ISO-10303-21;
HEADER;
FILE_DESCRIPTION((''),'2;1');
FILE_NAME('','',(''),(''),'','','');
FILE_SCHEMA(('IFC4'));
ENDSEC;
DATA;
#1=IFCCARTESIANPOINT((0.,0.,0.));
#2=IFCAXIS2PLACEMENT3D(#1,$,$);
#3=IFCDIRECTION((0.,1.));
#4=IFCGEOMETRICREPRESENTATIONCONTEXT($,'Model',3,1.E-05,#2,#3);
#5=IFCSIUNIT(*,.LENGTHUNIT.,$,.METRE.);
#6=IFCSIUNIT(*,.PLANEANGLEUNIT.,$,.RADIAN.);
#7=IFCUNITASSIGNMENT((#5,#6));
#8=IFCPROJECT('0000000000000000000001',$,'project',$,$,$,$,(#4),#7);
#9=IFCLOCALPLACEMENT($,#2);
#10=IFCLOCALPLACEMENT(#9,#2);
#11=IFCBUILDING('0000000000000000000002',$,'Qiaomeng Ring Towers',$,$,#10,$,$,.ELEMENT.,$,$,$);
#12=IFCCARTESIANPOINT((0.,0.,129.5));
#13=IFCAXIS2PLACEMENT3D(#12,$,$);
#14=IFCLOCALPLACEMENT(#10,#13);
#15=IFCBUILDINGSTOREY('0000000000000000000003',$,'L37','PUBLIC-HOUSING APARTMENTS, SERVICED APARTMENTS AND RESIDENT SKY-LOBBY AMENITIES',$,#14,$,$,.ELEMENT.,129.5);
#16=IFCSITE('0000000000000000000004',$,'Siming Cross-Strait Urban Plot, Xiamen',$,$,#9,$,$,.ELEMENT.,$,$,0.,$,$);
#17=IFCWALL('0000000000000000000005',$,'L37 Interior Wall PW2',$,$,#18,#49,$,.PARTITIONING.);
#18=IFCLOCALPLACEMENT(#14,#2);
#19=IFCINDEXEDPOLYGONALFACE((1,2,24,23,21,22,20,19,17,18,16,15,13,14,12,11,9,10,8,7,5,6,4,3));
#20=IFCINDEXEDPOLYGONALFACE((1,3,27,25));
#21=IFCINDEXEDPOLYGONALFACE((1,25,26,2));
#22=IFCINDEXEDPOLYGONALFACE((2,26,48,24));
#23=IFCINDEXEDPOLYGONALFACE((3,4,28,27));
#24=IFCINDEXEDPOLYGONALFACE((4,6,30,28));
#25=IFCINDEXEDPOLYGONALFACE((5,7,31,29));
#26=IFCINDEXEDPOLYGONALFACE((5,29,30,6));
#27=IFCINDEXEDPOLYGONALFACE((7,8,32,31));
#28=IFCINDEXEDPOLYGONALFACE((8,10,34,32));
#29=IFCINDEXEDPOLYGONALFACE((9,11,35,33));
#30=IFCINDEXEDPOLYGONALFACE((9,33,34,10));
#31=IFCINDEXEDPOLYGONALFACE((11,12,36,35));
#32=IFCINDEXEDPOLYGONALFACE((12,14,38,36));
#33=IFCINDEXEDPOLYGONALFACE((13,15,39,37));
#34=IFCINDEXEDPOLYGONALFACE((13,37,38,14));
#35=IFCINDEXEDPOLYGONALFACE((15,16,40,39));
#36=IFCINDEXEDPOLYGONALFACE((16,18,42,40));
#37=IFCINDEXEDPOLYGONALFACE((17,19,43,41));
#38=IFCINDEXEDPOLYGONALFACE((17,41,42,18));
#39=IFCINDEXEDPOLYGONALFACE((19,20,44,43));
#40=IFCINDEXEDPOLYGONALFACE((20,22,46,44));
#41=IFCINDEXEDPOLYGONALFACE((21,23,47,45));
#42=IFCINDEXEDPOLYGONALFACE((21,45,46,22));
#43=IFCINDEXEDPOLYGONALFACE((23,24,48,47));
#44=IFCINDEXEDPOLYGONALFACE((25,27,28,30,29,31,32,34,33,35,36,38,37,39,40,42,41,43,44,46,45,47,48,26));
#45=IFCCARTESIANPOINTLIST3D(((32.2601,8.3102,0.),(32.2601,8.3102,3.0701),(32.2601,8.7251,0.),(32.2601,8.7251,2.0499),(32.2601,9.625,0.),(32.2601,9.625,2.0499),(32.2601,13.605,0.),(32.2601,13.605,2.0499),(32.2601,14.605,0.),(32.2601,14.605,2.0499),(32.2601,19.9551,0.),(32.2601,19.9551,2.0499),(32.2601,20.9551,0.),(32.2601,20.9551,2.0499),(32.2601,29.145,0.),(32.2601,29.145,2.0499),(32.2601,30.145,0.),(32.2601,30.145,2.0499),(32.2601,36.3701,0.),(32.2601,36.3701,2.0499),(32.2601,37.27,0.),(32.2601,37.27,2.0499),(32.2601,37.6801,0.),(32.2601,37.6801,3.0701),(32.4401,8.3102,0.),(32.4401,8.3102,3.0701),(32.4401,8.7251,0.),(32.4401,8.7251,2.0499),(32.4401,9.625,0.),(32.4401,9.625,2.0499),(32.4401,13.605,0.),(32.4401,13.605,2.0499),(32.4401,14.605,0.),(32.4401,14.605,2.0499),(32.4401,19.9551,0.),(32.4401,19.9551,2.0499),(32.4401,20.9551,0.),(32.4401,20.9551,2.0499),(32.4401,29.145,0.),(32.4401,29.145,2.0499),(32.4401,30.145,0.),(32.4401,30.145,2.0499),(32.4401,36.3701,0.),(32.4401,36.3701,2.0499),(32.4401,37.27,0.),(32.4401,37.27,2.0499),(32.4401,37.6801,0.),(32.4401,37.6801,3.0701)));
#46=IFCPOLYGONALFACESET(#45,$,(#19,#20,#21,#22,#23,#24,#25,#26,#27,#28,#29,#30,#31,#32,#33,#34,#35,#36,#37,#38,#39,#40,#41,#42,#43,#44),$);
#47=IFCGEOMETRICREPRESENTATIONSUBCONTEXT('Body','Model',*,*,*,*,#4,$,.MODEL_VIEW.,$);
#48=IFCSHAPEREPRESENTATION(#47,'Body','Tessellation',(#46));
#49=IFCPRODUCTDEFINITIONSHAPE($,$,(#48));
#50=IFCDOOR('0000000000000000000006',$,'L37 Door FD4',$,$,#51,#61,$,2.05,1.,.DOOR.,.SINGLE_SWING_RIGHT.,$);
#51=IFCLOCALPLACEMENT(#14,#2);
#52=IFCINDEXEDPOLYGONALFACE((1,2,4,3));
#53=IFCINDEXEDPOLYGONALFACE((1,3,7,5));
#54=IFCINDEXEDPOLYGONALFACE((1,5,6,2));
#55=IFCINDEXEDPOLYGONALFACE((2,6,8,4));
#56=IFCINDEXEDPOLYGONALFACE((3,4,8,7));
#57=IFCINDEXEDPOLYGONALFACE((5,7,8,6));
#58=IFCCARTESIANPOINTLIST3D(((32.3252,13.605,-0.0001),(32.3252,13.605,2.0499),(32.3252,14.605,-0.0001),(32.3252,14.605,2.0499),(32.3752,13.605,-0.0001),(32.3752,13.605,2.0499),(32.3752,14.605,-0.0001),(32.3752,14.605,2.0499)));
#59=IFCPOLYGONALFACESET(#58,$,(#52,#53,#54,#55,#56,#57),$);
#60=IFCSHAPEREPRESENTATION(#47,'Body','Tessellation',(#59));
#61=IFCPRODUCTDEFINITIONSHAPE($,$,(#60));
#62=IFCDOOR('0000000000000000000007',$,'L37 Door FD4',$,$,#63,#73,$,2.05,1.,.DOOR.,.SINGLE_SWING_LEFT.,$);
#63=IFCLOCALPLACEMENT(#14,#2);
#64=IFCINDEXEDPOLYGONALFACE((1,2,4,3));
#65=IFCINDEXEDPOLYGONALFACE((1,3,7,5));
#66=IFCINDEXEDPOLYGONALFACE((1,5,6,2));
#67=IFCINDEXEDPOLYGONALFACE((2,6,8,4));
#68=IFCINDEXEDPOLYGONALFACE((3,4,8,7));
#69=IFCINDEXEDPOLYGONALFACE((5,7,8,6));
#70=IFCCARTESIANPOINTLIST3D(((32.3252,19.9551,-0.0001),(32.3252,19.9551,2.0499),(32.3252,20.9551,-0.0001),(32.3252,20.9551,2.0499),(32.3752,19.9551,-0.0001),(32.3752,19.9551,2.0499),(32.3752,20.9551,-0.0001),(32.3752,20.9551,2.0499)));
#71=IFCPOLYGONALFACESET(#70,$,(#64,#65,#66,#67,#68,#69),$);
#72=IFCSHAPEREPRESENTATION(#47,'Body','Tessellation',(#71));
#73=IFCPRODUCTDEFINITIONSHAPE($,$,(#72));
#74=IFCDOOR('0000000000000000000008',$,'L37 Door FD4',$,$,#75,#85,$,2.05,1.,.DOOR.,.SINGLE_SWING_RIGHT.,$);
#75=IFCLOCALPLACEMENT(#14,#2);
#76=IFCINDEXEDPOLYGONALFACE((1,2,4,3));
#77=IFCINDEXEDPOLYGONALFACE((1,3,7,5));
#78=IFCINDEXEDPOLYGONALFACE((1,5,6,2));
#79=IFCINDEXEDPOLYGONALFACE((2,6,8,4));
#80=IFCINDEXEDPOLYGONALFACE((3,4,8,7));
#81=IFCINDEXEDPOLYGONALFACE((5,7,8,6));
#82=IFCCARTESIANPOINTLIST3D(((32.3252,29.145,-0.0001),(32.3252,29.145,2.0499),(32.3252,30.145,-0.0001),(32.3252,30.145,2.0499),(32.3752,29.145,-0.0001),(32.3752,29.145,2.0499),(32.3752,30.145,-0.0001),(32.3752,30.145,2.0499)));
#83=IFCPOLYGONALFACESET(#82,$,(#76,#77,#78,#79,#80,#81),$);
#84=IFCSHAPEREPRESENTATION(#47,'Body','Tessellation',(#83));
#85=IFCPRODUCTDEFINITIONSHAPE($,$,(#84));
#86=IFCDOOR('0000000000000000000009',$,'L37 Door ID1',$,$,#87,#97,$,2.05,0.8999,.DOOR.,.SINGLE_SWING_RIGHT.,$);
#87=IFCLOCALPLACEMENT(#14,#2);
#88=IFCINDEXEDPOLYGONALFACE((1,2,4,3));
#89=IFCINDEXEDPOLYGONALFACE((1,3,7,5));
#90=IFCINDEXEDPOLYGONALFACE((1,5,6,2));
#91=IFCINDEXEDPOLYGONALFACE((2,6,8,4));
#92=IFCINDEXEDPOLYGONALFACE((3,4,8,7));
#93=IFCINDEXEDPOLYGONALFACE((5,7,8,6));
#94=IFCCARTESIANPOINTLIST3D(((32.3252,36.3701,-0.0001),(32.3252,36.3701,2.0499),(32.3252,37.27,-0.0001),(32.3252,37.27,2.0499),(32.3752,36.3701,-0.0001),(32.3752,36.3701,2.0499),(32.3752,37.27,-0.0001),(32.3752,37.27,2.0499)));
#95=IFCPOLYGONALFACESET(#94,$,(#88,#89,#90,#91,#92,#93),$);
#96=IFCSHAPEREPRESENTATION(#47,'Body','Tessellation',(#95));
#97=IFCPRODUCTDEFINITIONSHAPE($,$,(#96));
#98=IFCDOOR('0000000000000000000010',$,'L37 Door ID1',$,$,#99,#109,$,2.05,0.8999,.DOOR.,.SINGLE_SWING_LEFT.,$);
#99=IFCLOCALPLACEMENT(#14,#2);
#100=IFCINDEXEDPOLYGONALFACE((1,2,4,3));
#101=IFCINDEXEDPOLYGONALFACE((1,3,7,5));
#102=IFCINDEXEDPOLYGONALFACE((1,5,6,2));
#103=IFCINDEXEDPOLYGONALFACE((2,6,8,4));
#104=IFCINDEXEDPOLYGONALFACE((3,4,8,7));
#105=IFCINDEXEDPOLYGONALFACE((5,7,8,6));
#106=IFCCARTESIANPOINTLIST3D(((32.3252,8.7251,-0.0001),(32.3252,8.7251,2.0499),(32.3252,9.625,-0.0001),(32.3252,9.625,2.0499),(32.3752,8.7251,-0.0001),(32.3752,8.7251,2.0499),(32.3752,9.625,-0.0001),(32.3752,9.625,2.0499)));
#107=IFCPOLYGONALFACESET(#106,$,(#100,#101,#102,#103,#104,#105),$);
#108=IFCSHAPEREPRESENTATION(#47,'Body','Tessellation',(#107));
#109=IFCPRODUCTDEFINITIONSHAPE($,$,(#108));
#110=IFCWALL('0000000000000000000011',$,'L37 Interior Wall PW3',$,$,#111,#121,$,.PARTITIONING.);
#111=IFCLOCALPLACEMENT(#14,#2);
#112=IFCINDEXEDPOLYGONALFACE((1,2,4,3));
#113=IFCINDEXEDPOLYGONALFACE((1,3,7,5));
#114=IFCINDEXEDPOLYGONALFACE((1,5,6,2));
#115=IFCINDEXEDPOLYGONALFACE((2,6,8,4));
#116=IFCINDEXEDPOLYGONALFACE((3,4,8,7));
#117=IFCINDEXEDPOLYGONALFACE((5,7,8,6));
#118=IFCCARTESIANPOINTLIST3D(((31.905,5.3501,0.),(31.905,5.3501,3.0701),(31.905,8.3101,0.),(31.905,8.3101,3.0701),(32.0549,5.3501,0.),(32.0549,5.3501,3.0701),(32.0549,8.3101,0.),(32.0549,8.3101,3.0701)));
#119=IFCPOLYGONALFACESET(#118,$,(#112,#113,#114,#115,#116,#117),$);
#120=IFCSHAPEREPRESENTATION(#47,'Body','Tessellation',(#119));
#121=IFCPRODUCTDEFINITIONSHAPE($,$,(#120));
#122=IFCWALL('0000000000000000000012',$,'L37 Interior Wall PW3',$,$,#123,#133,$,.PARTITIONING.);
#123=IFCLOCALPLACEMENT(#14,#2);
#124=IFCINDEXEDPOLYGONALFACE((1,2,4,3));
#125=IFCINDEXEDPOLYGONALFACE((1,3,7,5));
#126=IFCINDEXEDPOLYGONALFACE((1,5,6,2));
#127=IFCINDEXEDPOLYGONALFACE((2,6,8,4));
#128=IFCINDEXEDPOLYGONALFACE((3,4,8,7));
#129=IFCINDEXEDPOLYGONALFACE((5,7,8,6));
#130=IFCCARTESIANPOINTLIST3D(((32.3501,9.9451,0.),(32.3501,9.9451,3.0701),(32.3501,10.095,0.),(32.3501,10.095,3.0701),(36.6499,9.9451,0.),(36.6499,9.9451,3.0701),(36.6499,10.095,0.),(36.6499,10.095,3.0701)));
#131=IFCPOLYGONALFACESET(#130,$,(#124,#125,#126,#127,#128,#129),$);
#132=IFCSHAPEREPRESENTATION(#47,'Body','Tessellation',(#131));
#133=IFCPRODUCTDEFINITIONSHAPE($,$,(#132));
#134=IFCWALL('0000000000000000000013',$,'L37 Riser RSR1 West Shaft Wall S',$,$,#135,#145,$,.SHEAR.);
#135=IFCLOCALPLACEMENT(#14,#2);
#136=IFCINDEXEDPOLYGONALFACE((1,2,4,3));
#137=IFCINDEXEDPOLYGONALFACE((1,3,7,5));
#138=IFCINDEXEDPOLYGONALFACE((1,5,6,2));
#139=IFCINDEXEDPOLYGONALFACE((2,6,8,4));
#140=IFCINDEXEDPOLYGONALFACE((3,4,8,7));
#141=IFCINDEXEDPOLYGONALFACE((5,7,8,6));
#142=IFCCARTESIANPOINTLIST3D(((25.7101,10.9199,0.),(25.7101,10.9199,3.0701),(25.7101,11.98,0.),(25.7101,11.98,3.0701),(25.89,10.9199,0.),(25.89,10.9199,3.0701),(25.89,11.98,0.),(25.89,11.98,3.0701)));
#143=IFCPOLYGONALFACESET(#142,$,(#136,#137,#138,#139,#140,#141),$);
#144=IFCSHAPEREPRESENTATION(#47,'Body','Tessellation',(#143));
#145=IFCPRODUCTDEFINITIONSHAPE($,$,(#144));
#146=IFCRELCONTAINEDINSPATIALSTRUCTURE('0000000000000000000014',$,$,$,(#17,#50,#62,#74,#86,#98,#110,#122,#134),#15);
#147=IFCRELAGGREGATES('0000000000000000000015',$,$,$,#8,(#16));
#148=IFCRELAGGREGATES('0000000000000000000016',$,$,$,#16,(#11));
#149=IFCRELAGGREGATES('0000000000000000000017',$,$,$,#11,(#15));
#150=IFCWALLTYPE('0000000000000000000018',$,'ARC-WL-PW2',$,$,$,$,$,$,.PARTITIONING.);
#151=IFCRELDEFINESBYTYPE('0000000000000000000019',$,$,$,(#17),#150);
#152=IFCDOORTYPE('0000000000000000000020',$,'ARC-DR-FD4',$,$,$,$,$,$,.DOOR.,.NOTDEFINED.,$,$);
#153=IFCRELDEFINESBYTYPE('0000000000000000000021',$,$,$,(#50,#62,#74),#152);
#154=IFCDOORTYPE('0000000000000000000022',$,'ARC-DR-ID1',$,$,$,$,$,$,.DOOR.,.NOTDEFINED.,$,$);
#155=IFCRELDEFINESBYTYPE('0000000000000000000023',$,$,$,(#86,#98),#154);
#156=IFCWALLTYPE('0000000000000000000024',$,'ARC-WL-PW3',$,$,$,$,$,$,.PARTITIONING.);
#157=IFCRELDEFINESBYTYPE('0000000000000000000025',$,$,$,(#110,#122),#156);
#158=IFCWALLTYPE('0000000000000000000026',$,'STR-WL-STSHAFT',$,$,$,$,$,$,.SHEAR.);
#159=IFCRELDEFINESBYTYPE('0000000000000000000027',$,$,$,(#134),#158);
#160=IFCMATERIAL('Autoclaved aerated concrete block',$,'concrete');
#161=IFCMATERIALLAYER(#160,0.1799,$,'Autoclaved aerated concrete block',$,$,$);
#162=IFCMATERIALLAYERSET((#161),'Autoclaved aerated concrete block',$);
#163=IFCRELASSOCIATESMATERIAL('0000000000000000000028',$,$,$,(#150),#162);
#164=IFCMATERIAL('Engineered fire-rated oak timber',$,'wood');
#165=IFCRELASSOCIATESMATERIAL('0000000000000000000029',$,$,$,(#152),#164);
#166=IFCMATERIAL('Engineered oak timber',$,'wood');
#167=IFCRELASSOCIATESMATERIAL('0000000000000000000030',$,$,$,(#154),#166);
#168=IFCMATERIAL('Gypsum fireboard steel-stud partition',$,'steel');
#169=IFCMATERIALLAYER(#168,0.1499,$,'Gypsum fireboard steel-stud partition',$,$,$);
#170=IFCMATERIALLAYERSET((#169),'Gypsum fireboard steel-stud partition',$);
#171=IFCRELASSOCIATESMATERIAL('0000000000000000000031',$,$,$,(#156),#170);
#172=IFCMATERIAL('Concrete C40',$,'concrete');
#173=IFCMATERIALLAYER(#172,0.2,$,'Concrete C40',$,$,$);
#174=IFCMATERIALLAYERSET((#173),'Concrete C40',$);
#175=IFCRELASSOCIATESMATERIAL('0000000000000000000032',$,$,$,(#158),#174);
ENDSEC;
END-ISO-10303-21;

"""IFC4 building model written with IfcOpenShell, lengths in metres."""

from ifc_helpers import new_model, si_unit, direction, frame, frame_2d, origin, place, context, subcontext, project, spatial, rectangle, extrude, source, transform, mapped, material, layer, layer_set, type_object, element, fill, save


model = new_model("IFC4")

# Units and contexts
model_context = context("Model", 3, precision=1e-05, world=origin(), true_north=direction((0.0, 1.0)))
body_context = subcontext(model_context, "Body", "Model", "MODEL_VIEW")
ifc_project = project(units=[si_unit("LENGTHUNIT", "METRE"), si_unit("PLANEANGLEUNIT", "RADIAN")], contexts=[model_context])

# Site, building, storey
site_placement = place(None, origin())
site = spatial("IfcSite", under=ifc_project, at=site_placement, Name="Siming Cross-Strait Urban Plot, Xiamen", CompositionType="ELEMENT", RefElevation=0.0)
building_placement = place(site_placement, origin())
building = spatial("IfcBuilding", under=site, at=building_placement, Name="Qiaomeng Ring Towers", CompositionType="ELEMENT")
storey_placement = place(building_placement, frame((0.0, 0.0, 129.5)))
storey = spatial("IfcBuildingStorey", under=building, at=storey_placement, Name="L37", Description="PUBLIC-HOUSING APARTMENTS, SERVICED APARTMENTS AND RESIDENT SKY-LOBBY AMENITIES", CompositionType="ELEMENT", Elevation=129.5)

# Wall, openings, doors
ifc_material_1 = material(Name="Autoclaved aerated concrete block", Category="concrete")
ifc_layer_1 = layer(ifc_material_1, 0.1799, Name="Autoclaved aerated concrete block")
ifc_layer_set_1 = layer_set([ifc_layer_1], Name="Autoclaved aerated concrete block")
wall_type_1 = type_object("IfcWallType", Name="ARC-WL-PW2", PredefinedType="PARTITIONING", material=ifc_layer_set_1)
wall_1_placement = place(storey_placement, frame((32.3501, 8.3101, 0.0), z_axis=(0.0, 0.0, 1.0), x_axis=(0.0, 1.0, 0.0)))
wall_1 = element("IfcWall", 1, at=wall_1_placement, inside=storey, type_object=wall_type_1, Name="L37 Interior Wall PW2", PredefinedType="PARTITIONING", context=body_context, shape_type="SweptSolid", body=[
    extrude(rectangle(XDim=29.3699, YDim=0.1799, at=frame_2d((14.6851, 0.0))), origin(), (0.0, 0.0, 1.0), 3.0701),
])
opening_1_placement = place(wall_1_placement, frame((28.0601, 0.0, 0.0)))
opening_1 = element("IfcOpeningElement", 2, at=opening_1_placement, cuts=wall_1, PredefinedType="OPENING", context=body_context, shape_type="SweptSolid", body=[
    extrude(rectangle(XDim=0.8999, YDim=2.05, at=frame_2d((0.45, 1.0249))), frame((0.0, 0.0999, 0.0), z_axis=(0.0, -1.0, 0.0), x_axis=(1.0, 0.0, 0.0)), (0.0, 0.0, 1.0), 0.2),
])
opening_2_placement = place(wall_1_placement, frame((0.415, 0.0, 0.0)))
opening_2 = element("IfcOpeningElement", 3, at=opening_2_placement, cuts=wall_1, PredefinedType="OPENING", context=body_context, shape_type="SweptSolid", body=[
    extrude(rectangle(XDim=0.8999, YDim=2.05, at=frame_2d((0.45, 1.0249))), frame((0.0, 0.0999, 0.0), z_axis=(0.0, -1.0, 0.0), x_axis=(1.0, 0.0, 0.0)), (0.0, 0.0, 1.0), 0.2),
])
opening_3_placement = place(wall_1_placement, frame((5.2949, 0.0, 0.0)))
opening_3 = element("IfcOpeningElement", 4, at=opening_3_placement, cuts=wall_1, PredefinedType="OPENING", context=body_context, shape_type="SweptSolid", body=[
    extrude(rectangle(XDim=1.0, YDim=2.05, at=frame_2d((0.5, 1.0249))), frame((0.0, 0.0999, 0.0), z_axis=(0.0, -1.0, 0.0), x_axis=(1.0, 0.0, 0.0)), (0.0, 0.0, 1.0), 0.2),
])
opening_4_placement = place(wall_1_placement, frame((11.645, 0.0, 0.0)))
opening_4 = element("IfcOpeningElement", 5, at=opening_4_placement, cuts=wall_1, PredefinedType="OPENING", context=body_context, shape_type="SweptSolid", body=[
    extrude(rectangle(XDim=1.0, YDim=2.05, at=frame_2d((0.5, 1.0249))), frame((0.0, 0.0999, 0.0), z_axis=(0.0, -1.0, 0.0), x_axis=(1.0, 0.0, 0.0)), (0.0, 0.0, 1.0), 0.2),
])
opening_5_placement = place(wall_1_placement, frame((20.835, 0.0, 0.0)))
opening_5 = element("IfcOpeningElement", 6, at=opening_5_placement, cuts=wall_1, PredefinedType="OPENING", context=body_context, shape_type="SweptSolid", body=[
    extrude(rectangle(XDim=1.0, YDim=2.05, at=frame_2d((0.5, 1.0249))), frame((0.0, 0.0999, 0.0), z_axis=(0.0, -1.0, 0.0), x_axis=(1.0, 0.0, 0.0)), (0.0, 0.0, 1.0), 0.2),
])
ifc_material_2 = material(Name="Engineered fire-rated oak timber", Category="wood")
door_type_1 = type_object("IfcDoorType", Name="ARC-DR-FD4", OperationType="NOTDEFINED", PredefinedType="DOOR", material=ifc_material_2)
shared_shape_1 = source(origin(), body_context, "Body", "SweptSolid", [
    extrude(rectangle(XDim=1.0, YDim=2.05, at=frame_2d((0.5, 1.0249))), frame((0.0, 0.0249, 0.0), z_axis=(0.0, -1.0, 0.0), x_axis=(1.0, 0.0, 0.0)), (0.0, 0.0, 1.0), 0.05),
])
door_1_placement = place(opening_3_placement, origin())
door_1 = element("IfcDoor", 7, at=door_1_placement, inside=storey, type_object=door_type_1, Name="L37 Door FD4", OperationType="SINGLE_SWING_RIGHT", OverallHeight=2.05, OverallWidth=1.0, PredefinedType="DOOR", context=body_context, shape_type="MappedRepresentation", body=[
    mapped(shared_shape_1, transform((0.0, 0.0, 0.0), x_axis=(1.0, 0.0, 0.0), y_axis=(0.0, 1.0, 0.0), z_axis=(0.0, 0.0, 1.0), scale=1.0)),
])
fill(opening_3, door_1)
door_2_placement = place(opening_4_placement, origin())
door_2 = element("IfcDoor", 8, at=door_2_placement, inside=storey, type_object=door_type_1, Name="L37 Door FD4", OperationType="SINGLE_SWING_LEFT", OverallHeight=2.05, OverallWidth=1.0, PredefinedType="DOOR", context=body_context, shape_type="MappedRepresentation", body=[
    mapped(shared_shape_1, transform((0.0, 0.0, 0.0), x_axis=(1.0, 0.0, 0.0), y_axis=(0.0, 1.0, 0.0), z_axis=(0.0, 0.0, 1.0), scale=1.0)),
])
fill(opening_4, door_2)
door_3_placement = place(opening_5_placement, origin())
door_3 = element("IfcDoor", 9, at=door_3_placement, inside=storey, type_object=door_type_1, Name="L37 Door FD4", OperationType="SINGLE_SWING_RIGHT", OverallHeight=2.05, OverallWidth=1.0, PredefinedType="DOOR", context=body_context, shape_type="MappedRepresentation", body=[
    mapped(shared_shape_1, transform((0.0, 0.0, 0.0), x_axis=(1.0, 0.0, 0.0), y_axis=(0.0, 1.0, 0.0), z_axis=(0.0, 0.0, 1.0), scale=1.0)),
])
fill(opening_5, door_3)
ifc_material_3 = material(Name="Engineered oak timber", Category="wood")
door_type_2 = type_object("IfcDoorType", Name="ARC-DR-ID1", OperationType="NOTDEFINED", PredefinedType="DOOR", material=ifc_material_3)
shared_shape_2 = source(origin(), body_context, "Body", "SweptSolid", [
    extrude(rectangle(XDim=0.8999, YDim=2.05, at=frame_2d((0.45, 1.0249))), frame((0.0, 0.0249, 0.0), z_axis=(0.0, -1.0, 0.0), x_axis=(1.0, 0.0, 0.0)), (0.0, 0.0, 1.0), 0.05),
])
door_4_placement = place(opening_1_placement, origin())
door_4 = element("IfcDoor", 10, at=door_4_placement, inside=storey, type_object=door_type_2, Name="L37 Door ID1", OperationType="SINGLE_SWING_RIGHT", OverallHeight=2.05, OverallWidth=0.8999, PredefinedType="DOOR", context=body_context, shape_type="MappedRepresentation", body=[
    mapped(shared_shape_2, transform((0.0, 0.0, 0.0), x_axis=(1.0, 0.0, 0.0), y_axis=(0.0, 1.0, 0.0), z_axis=(0.0, 0.0, 1.0), scale=1.0)),
])
fill(opening_1, door_4)
door_5_placement = place(opening_2_placement, origin())
door_5 = element("IfcDoor", 11, at=door_5_placement, inside=storey, type_object=door_type_2, Name="L37 Door ID1", OperationType="SINGLE_SWING_LEFT", OverallHeight=2.05, OverallWidth=0.8999, PredefinedType="DOOR", context=body_context, shape_type="MappedRepresentation", body=[
    mapped(shared_shape_2, transform((0.0, 0.0, 0.0), x_axis=(1.0, 0.0, 0.0), y_axis=(0.0, 1.0, 0.0), z_axis=(0.0, 0.0, 1.0), scale=1.0)),
])
fill(opening_2, door_5)

# Walls
ifc_material_4 = material(Name="Gypsum fireboard steel-stud partition", Category="steel")
ifc_layer_2 = layer(ifc_material_4, 0.1499, Name="Gypsum fireboard steel-stud partition")
ifc_layer_set_2 = layer_set([ifc_layer_2], Name="Gypsum fireboard steel-stud partition")
wall_type_2 = type_object("IfcWallType", Name="ARC-WL-PW3", PredefinedType="PARTITIONING", material=ifc_layer_set_2)
wall_2_placement = place(storey_placement, frame((31.98, 5.3501, 0.0), z_axis=(0.0, 0.0, 1.0), x_axis=(0.0, 1.0, 0.0)))
element("IfcWall", 12, at=wall_2_placement, inside=storey, type_object=wall_type_2, Name="L37 Interior Wall PW3", PredefinedType="PARTITIONING", context=body_context, shape_type="SweptSolid", body=[
    extrude(rectangle(XDim=2.96, YDim=0.1499, at=frame_2d((1.48, 0.0))), origin(), (0.0, 0.0, 1.0), 3.0701),
])
wall_3_placement = place(storey_placement, frame((32.3501, 10.02, 0.0), z_axis=(0.0, 0.0, 1.0), x_axis=(1.0, 0.0, 0.0)))
element("IfcWall", 13, at=wall_3_placement, inside=storey, type_object=wall_type_2, Name="L37 Interior Wall PW3", PredefinedType="PARTITIONING", context=body_context, shape_type="SweptSolid", body=[
    extrude(rectangle(XDim=4.2998, YDim=0.1499, at=frame_2d((2.1499, 0.0))), origin(), (0.0, 0.0, 1.0), 3.0701),
])
ifc_material_5 = material(Name="Concrete C40", Category="concrete")
ifc_layer_3 = layer(ifc_material_5, 0.2, Name="Concrete C40")
ifc_layer_set_3 = layer_set([ifc_layer_3], Name="Concrete C40")
wall_type_3 = type_object("IfcWallType", Name="STR-WL-STSHAFT", PredefinedType="SHEAR", material=ifc_layer_set_3)
wall_4_placement = place(storey_placement, frame((25.8, 10.9199, 0.0), z_axis=(0.0, 0.0, 1.0), x_axis=(0.0, 1.0, 0.0)))
element("IfcWall", 14, at=wall_4_placement, inside=storey, type_object=wall_type_3, Name="L37 Riser RSR1 West Shaft Wall S", PredefinedType="SHEAR", context=body_context, shape_type="SweptSolid", body=[
    extrude(rectangle(XDim=1.0601, YDim=0.1799, at=frame_2d((0.53, 0.0))), origin(), (0.0, 0.0, 1.0), 3.0701),
])

save(model, "model.ifc")
